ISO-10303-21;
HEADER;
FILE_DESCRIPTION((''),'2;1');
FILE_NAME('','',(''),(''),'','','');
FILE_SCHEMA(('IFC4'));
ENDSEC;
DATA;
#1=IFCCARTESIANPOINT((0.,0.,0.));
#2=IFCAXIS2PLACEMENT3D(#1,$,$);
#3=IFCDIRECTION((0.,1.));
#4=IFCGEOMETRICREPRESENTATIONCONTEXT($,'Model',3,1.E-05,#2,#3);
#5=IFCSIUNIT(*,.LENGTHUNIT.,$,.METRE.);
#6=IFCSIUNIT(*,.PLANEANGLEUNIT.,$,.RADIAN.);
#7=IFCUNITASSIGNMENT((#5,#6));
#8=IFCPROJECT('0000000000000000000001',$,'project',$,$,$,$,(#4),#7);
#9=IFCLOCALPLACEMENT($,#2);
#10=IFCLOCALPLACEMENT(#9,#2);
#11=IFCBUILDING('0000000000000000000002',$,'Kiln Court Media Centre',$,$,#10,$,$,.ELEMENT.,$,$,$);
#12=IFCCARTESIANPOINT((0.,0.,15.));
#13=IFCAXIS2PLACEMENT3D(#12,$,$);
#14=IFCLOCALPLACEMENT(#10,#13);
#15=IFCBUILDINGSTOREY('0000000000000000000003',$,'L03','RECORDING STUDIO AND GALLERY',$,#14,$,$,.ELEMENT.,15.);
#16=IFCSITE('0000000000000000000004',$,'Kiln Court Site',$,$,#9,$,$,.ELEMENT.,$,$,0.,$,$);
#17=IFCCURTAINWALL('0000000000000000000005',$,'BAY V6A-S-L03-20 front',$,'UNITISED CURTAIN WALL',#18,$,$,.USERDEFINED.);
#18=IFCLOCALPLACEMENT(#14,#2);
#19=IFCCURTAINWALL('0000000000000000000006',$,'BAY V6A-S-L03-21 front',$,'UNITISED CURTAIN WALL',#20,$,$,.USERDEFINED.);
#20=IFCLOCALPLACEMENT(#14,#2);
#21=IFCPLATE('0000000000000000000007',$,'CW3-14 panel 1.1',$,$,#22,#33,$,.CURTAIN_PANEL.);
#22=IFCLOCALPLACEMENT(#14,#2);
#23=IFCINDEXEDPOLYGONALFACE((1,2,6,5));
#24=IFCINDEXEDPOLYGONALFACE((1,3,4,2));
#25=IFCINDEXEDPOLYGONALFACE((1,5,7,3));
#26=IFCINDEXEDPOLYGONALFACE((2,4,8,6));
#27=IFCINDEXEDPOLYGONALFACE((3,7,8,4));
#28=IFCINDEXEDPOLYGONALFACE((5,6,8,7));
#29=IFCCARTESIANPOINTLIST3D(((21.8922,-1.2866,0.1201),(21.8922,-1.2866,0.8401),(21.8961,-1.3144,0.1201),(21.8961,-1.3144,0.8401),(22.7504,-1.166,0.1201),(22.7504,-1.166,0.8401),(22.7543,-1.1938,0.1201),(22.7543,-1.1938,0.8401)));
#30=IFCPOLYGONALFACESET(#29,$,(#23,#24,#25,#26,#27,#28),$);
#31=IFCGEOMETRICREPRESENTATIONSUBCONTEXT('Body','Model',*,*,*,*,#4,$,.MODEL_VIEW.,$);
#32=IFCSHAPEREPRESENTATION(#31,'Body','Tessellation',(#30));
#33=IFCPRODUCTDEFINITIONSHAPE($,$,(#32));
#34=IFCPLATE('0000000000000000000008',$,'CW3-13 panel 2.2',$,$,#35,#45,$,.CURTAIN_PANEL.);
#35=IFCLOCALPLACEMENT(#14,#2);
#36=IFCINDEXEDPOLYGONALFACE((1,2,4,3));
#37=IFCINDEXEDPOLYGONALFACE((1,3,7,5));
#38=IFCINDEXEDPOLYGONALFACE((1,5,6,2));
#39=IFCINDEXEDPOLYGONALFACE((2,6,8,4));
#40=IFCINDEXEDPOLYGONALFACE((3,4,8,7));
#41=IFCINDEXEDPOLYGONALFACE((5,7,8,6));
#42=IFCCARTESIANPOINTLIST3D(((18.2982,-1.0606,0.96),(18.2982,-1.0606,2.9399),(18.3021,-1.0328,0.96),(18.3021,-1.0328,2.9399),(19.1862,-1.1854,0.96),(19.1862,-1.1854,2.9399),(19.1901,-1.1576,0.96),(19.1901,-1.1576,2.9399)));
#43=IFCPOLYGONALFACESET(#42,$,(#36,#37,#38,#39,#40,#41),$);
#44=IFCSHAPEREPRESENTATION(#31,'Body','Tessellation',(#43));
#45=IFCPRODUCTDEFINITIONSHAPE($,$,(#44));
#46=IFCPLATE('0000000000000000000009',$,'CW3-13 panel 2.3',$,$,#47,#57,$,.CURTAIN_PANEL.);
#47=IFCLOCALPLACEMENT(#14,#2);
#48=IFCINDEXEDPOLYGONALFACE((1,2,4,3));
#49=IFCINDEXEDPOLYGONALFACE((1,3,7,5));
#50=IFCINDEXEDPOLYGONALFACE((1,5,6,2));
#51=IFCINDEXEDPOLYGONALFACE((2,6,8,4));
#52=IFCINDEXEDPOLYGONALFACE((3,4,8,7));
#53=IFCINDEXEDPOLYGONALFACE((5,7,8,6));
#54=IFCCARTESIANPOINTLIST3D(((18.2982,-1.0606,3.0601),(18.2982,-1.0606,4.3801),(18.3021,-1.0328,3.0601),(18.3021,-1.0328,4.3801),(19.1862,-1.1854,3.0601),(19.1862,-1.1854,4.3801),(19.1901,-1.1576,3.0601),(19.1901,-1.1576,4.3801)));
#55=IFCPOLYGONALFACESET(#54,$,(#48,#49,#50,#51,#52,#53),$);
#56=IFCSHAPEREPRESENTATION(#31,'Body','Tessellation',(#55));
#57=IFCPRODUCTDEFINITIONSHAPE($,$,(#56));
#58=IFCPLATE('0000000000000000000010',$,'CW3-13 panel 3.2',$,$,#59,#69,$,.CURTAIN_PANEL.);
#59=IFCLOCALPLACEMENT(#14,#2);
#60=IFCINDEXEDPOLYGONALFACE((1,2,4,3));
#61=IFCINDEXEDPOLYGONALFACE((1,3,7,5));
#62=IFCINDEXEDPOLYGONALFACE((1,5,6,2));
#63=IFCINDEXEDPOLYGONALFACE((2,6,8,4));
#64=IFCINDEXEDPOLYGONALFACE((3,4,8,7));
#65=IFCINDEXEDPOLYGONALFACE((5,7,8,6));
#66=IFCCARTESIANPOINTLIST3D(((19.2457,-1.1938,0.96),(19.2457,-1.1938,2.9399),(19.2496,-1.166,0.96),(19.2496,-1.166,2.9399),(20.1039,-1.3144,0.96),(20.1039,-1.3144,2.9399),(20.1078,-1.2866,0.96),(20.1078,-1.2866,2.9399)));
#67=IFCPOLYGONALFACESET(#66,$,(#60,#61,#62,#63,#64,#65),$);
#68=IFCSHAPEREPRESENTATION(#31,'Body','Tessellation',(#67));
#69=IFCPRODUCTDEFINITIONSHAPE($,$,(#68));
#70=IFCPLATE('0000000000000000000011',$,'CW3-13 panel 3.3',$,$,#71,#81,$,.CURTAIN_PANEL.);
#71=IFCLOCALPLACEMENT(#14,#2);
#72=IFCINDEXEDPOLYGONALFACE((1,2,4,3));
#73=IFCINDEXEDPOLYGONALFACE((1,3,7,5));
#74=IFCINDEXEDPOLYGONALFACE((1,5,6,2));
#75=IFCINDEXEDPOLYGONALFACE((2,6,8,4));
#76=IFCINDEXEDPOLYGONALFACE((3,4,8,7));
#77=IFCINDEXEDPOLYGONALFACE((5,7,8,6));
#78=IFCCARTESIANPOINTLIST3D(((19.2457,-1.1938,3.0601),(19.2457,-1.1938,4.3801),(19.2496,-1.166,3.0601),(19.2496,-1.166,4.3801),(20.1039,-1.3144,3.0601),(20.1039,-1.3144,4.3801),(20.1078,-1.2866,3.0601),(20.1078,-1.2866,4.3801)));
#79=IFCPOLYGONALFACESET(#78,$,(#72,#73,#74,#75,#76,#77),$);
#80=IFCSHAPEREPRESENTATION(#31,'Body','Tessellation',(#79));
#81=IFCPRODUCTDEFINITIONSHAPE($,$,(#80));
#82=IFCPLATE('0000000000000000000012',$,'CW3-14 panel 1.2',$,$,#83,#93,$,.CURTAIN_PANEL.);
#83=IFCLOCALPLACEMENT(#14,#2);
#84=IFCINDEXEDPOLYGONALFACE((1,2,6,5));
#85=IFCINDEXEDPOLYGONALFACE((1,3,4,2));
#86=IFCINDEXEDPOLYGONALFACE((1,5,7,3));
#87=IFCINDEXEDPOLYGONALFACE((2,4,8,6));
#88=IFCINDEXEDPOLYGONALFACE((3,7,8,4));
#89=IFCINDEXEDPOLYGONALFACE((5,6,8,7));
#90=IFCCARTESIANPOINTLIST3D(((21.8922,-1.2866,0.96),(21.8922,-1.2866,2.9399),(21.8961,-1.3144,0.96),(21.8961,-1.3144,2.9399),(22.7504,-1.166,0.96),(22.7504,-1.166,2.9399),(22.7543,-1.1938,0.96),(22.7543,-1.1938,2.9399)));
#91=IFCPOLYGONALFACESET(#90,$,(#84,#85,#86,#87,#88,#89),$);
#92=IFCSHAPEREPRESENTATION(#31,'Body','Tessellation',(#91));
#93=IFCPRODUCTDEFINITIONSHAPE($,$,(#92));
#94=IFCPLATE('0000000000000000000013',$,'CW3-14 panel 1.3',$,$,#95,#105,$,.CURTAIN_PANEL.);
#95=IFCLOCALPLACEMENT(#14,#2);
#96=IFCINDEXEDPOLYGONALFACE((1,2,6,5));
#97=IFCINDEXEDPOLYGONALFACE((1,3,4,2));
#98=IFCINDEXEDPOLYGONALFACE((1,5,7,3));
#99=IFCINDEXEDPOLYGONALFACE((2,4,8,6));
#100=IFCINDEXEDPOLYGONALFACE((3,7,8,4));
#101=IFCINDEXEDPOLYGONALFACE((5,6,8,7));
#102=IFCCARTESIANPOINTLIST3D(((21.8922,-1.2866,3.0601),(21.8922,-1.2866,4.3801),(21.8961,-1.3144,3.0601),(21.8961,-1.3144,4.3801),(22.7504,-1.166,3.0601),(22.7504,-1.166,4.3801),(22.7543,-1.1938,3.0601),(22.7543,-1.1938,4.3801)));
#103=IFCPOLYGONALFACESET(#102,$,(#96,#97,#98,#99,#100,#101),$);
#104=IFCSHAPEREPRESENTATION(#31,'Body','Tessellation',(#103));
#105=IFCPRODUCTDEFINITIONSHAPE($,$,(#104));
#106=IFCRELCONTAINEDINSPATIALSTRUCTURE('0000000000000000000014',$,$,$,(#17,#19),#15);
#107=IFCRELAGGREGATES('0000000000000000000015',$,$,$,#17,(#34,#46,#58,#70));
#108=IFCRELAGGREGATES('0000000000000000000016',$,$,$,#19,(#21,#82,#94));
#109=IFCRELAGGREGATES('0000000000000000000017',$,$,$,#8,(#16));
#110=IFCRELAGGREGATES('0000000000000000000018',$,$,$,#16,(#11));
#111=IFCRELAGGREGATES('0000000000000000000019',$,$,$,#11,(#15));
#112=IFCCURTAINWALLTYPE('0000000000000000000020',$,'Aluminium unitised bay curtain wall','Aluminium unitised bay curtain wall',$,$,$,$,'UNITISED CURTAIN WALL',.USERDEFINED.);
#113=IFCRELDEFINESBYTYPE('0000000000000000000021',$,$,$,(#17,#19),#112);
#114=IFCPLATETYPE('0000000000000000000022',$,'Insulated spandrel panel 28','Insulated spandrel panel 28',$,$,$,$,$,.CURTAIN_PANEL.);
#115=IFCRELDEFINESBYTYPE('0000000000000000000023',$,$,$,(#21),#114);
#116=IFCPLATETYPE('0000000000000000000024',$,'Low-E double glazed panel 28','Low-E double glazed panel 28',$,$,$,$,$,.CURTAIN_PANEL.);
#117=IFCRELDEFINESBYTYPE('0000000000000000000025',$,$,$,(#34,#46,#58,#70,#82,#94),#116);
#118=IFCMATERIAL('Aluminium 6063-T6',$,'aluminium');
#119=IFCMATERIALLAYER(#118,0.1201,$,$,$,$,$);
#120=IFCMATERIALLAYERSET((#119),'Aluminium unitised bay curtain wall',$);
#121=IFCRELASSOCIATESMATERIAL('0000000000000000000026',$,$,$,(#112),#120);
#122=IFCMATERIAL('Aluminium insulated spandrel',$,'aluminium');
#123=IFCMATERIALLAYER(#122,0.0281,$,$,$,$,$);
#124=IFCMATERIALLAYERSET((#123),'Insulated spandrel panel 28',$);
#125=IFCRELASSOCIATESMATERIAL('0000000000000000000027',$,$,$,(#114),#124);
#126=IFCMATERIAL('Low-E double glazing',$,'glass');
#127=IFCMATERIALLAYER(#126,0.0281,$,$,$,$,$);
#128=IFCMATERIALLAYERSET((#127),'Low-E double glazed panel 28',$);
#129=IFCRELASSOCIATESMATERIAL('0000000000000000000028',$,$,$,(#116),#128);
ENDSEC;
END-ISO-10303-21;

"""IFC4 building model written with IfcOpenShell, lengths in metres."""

from ifc_helpers import new_model, si_unit, direction, frame, origin, origin_2d, place, context, subcontext, project, spatial, rectangle, extrude, material, layer, layer_set, type_object, element, aggregate, save


model = new_model("IFC4")

# Units and contexts
model_context = context("Model", 3, precision=1e-05, world=origin(), true_north=direction((0.0, 1.0)))
body_context = subcontext(model_context, "Body", "Model", "MODEL_VIEW")
ifc_project = project(units=[si_unit("LENGTHUNIT", "METRE"), si_unit("PLANEANGLEUNIT", "RADIAN")], contexts=[model_context])

# Site, building, storey
site_placement = place(None, origin())
site = spatial("IfcSite", under=ifc_project, at=site_placement, Name="Kiln Court Site", CompositionType="ELEMENT", RefElevation=0.0)
building_placement = place(site_placement, origin())
building = spatial("IfcBuilding", under=site, at=building_placement, Name="Kiln Court Media Centre", CompositionType="ELEMENT")
storey_placement = place(building_placement, frame((0.0, 0.0, 15.0)))
storey = spatial("IfcBuildingStorey", under=building, at=storey_placement, Name="L03", Description="RECORDING STUDIO AND GALLERY", CompositionType="ELEMENT", Elevation=15.0)

# Curtain wall
ifc_material_1 = material(Name="Aluminium 6063-T6", Category="aluminium")
ifc_layer_1 = layer(ifc_material_1, 0.1201)
ifc_layer_set_1 = layer_set([ifc_layer_1], Name="Aluminium unitised bay curtain wall")
curtain_wall_type = type_object("IfcCurtainWallType", Name="Aluminium unitised bay curtain wall", Description="Aluminium unitised bay curtain wall", ElementType="UNITISED CURTAIN WALL", PredefinedType="USERDEFINED", material=ifc_layer_set_1)
curtain_wall_1_placement = place(storey_placement, origin())
curtain_wall_1 = element("IfcCurtainWall", 1, at=curtain_wall_1_placement, inside=storey, type_object=curtain_wall_type, Name="BAY V6A-S-L03-20 front", ObjectType="UNITISED CURTAIN WALL", PredefinedType="USERDEFINED")

# Curtain wall
curtain_wall_2_placement = place(storey_placement, origin())
curtain_wall_2 = element("IfcCurtainWall", 2, at=curtain_wall_2_placement, inside=storey, type_object=curtain_wall_type, Name="BAY V6A-S-L03-21 front", ObjectType="UNITISED CURTAIN WALL", PredefinedType="USERDEFINED")

# Plates
ifc_material_2 = material(Name="Aluminium insulated spandrel", Category="aluminium")
ifc_layer_2 = layer(ifc_material_2, 0.0281)
ifc_layer_set_2 = layer_set([ifc_layer_2], Name="Insulated spandrel panel 28")
plate_type_1 = type_object("IfcPlateType", Name="Insulated spandrel panel 28", Description="Insulated spandrel panel 28", PredefinedType="CURTAIN_PANEL", material=ifc_layer_set_2)
plate_1_placement = place(storey_placement, frame((22.3232, -1.2402, 0.1201), z_axis=(0.0, 0.0, 1.0), x_axis=(0.99027, 0.139162, 0.0)))
plate_1 = element("IfcPlate", 3, at=plate_1_placement, type_object=plate_type_1, Name="CW3-14 panel 1.1", PredefinedType="CURTAIN_PANEL", context=body_context, shape_type="SweptSolid", body=[
    extrude(rectangle(XDim=0.8667, YDim=0.0281, at=origin_2d()), origin(), (0.0, 0.0, 1.0), 0.72),
])
ifc_material_3 = material(Name="Low-E double glazing", Category="glass")
ifc_layer_3 = layer(ifc_material_3, 0.0281)
ifc_layer_set_3 = layer_set([ifc_layer_3], Name="Low-E double glazed panel 28")
plate_type_2 = type_object("IfcPlateType", Name="Low-E double glazed panel 28", Description="Low-E double glazed panel 28", PredefinedType="CURTAIN_PANEL", material=ifc_layer_set_3)
plate_2_placement = place(storey_placement, frame((18.7441, -1.1091, 0.96), z_axis=(0.0, 0.0, 1.0), x_axis=(0.99027, -0.139162, 0.0)))
plate_2 = element("IfcPlate", 4, at=plate_2_placement, type_object=plate_type_2, Name="CW3-13 panel 2.2", PredefinedType="CURTAIN_PANEL", context=body_context, shape_type="SweptSolid", body=[
    extrude(rectangle(XDim=0.8967, YDim=0.0281, at=origin_2d()), origin(), (0.0, 0.0, 1.0), 1.98),
])
plate_3_placement = place(storey_placement, frame((18.7441, -1.1091, 3.0601), z_axis=(0.0, 0.0, 1.0), x_axis=(0.99027, -0.139162, 0.0)))
plate_3 = element("IfcPlate", 5, at=plate_3_placement, type_object=plate_type_2, Name="CW3-13 panel 2.3", PredefinedType="CURTAIN_PANEL", context=body_context, shape_type="SweptSolid", body=[
    extrude(rectangle(XDim=0.8967, YDim=0.0281, at=origin_2d()), origin(), (0.0, 0.0, 1.0), 1.3201),
])
plate_4_placement = place(storey_placement, frame((19.6768, -1.2402, 0.96), z_axis=(0.0, 0.0, 1.0), x_axis=(0.99027, -0.139162, 0.0)))
plate_4 = element("IfcPlate", 6, at=plate_4_placement, type_object=plate_type_2, Name="CW3-13 panel 3.2", PredefinedType="CURTAIN_PANEL", context=body_context, shape_type="SweptSolid", body=[
    extrude(rectangle(XDim=0.8667, YDim=0.0281, at=origin_2d()), origin(), (0.0, 0.0, 1.0), 1.98),
])
plate_5_placement = place(storey_placement, frame((19.6768, -1.2402, 3.0601), z_axis=(0.0, 0.0, 1.0), x_axis=(0.99027, -0.139162, 0.0)))
plate_5 = element("IfcPlate", 7, at=plate_5_placement, type_object=plate_type_2, Name="CW3-13 panel 3.3", PredefinedType="CURTAIN_PANEL", context=body_context, shape_type="SweptSolid", body=[
    extrude(rectangle(XDim=0.8667, YDim=0.0281, at=origin_2d()), origin(), (0.0, 0.0, 1.0), 1.3201),
])
aggregate(curtain_wall_1, [plate_2, plate_3, plate_4, plate_5])
plate_6_placement = place(storey_placement, frame((22.3232, -1.2402, 0.96), z_axis=(0.0, 0.0, 1.0), x_axis=(0.99027, 0.139162, 0.0)))
plate_6 = element("IfcPlate", 8, at=plate_6_placement, type_object=plate_type_2, Name="CW3-14 panel 1.2", PredefinedType="CURTAIN_PANEL", context=body_context, shape_type="SweptSolid", body=[
    extrude(rectangle(XDim=0.8667, YDim=0.0281, at=origin_2d()), origin(), (0.0, 0.0, 1.0), 1.98),
])
plate_7_placement = place(storey_placement, frame((22.3232, -1.2402, 3.0601), z_axis=(0.0, 0.0, 1.0), x_axis=(0.99027, 0.139162, 0.0)))
plate_7 = element("IfcPlate", 9, at=plate_7_placement, type_object=plate_type_2, Name="CW3-14 panel 1.3", PredefinedType="CURTAIN_PANEL", context=body_context, shape_type="SweptSolid", body=[
    extrude(rectangle(XDim=0.8667, YDim=0.0281, at=origin_2d()), origin(), (0.0, 0.0, 1.0), 1.3201),
])
aggregate(curtain_wall_2, [plate_1, plate_6, plate_7])

save(model, "model.ifc")
